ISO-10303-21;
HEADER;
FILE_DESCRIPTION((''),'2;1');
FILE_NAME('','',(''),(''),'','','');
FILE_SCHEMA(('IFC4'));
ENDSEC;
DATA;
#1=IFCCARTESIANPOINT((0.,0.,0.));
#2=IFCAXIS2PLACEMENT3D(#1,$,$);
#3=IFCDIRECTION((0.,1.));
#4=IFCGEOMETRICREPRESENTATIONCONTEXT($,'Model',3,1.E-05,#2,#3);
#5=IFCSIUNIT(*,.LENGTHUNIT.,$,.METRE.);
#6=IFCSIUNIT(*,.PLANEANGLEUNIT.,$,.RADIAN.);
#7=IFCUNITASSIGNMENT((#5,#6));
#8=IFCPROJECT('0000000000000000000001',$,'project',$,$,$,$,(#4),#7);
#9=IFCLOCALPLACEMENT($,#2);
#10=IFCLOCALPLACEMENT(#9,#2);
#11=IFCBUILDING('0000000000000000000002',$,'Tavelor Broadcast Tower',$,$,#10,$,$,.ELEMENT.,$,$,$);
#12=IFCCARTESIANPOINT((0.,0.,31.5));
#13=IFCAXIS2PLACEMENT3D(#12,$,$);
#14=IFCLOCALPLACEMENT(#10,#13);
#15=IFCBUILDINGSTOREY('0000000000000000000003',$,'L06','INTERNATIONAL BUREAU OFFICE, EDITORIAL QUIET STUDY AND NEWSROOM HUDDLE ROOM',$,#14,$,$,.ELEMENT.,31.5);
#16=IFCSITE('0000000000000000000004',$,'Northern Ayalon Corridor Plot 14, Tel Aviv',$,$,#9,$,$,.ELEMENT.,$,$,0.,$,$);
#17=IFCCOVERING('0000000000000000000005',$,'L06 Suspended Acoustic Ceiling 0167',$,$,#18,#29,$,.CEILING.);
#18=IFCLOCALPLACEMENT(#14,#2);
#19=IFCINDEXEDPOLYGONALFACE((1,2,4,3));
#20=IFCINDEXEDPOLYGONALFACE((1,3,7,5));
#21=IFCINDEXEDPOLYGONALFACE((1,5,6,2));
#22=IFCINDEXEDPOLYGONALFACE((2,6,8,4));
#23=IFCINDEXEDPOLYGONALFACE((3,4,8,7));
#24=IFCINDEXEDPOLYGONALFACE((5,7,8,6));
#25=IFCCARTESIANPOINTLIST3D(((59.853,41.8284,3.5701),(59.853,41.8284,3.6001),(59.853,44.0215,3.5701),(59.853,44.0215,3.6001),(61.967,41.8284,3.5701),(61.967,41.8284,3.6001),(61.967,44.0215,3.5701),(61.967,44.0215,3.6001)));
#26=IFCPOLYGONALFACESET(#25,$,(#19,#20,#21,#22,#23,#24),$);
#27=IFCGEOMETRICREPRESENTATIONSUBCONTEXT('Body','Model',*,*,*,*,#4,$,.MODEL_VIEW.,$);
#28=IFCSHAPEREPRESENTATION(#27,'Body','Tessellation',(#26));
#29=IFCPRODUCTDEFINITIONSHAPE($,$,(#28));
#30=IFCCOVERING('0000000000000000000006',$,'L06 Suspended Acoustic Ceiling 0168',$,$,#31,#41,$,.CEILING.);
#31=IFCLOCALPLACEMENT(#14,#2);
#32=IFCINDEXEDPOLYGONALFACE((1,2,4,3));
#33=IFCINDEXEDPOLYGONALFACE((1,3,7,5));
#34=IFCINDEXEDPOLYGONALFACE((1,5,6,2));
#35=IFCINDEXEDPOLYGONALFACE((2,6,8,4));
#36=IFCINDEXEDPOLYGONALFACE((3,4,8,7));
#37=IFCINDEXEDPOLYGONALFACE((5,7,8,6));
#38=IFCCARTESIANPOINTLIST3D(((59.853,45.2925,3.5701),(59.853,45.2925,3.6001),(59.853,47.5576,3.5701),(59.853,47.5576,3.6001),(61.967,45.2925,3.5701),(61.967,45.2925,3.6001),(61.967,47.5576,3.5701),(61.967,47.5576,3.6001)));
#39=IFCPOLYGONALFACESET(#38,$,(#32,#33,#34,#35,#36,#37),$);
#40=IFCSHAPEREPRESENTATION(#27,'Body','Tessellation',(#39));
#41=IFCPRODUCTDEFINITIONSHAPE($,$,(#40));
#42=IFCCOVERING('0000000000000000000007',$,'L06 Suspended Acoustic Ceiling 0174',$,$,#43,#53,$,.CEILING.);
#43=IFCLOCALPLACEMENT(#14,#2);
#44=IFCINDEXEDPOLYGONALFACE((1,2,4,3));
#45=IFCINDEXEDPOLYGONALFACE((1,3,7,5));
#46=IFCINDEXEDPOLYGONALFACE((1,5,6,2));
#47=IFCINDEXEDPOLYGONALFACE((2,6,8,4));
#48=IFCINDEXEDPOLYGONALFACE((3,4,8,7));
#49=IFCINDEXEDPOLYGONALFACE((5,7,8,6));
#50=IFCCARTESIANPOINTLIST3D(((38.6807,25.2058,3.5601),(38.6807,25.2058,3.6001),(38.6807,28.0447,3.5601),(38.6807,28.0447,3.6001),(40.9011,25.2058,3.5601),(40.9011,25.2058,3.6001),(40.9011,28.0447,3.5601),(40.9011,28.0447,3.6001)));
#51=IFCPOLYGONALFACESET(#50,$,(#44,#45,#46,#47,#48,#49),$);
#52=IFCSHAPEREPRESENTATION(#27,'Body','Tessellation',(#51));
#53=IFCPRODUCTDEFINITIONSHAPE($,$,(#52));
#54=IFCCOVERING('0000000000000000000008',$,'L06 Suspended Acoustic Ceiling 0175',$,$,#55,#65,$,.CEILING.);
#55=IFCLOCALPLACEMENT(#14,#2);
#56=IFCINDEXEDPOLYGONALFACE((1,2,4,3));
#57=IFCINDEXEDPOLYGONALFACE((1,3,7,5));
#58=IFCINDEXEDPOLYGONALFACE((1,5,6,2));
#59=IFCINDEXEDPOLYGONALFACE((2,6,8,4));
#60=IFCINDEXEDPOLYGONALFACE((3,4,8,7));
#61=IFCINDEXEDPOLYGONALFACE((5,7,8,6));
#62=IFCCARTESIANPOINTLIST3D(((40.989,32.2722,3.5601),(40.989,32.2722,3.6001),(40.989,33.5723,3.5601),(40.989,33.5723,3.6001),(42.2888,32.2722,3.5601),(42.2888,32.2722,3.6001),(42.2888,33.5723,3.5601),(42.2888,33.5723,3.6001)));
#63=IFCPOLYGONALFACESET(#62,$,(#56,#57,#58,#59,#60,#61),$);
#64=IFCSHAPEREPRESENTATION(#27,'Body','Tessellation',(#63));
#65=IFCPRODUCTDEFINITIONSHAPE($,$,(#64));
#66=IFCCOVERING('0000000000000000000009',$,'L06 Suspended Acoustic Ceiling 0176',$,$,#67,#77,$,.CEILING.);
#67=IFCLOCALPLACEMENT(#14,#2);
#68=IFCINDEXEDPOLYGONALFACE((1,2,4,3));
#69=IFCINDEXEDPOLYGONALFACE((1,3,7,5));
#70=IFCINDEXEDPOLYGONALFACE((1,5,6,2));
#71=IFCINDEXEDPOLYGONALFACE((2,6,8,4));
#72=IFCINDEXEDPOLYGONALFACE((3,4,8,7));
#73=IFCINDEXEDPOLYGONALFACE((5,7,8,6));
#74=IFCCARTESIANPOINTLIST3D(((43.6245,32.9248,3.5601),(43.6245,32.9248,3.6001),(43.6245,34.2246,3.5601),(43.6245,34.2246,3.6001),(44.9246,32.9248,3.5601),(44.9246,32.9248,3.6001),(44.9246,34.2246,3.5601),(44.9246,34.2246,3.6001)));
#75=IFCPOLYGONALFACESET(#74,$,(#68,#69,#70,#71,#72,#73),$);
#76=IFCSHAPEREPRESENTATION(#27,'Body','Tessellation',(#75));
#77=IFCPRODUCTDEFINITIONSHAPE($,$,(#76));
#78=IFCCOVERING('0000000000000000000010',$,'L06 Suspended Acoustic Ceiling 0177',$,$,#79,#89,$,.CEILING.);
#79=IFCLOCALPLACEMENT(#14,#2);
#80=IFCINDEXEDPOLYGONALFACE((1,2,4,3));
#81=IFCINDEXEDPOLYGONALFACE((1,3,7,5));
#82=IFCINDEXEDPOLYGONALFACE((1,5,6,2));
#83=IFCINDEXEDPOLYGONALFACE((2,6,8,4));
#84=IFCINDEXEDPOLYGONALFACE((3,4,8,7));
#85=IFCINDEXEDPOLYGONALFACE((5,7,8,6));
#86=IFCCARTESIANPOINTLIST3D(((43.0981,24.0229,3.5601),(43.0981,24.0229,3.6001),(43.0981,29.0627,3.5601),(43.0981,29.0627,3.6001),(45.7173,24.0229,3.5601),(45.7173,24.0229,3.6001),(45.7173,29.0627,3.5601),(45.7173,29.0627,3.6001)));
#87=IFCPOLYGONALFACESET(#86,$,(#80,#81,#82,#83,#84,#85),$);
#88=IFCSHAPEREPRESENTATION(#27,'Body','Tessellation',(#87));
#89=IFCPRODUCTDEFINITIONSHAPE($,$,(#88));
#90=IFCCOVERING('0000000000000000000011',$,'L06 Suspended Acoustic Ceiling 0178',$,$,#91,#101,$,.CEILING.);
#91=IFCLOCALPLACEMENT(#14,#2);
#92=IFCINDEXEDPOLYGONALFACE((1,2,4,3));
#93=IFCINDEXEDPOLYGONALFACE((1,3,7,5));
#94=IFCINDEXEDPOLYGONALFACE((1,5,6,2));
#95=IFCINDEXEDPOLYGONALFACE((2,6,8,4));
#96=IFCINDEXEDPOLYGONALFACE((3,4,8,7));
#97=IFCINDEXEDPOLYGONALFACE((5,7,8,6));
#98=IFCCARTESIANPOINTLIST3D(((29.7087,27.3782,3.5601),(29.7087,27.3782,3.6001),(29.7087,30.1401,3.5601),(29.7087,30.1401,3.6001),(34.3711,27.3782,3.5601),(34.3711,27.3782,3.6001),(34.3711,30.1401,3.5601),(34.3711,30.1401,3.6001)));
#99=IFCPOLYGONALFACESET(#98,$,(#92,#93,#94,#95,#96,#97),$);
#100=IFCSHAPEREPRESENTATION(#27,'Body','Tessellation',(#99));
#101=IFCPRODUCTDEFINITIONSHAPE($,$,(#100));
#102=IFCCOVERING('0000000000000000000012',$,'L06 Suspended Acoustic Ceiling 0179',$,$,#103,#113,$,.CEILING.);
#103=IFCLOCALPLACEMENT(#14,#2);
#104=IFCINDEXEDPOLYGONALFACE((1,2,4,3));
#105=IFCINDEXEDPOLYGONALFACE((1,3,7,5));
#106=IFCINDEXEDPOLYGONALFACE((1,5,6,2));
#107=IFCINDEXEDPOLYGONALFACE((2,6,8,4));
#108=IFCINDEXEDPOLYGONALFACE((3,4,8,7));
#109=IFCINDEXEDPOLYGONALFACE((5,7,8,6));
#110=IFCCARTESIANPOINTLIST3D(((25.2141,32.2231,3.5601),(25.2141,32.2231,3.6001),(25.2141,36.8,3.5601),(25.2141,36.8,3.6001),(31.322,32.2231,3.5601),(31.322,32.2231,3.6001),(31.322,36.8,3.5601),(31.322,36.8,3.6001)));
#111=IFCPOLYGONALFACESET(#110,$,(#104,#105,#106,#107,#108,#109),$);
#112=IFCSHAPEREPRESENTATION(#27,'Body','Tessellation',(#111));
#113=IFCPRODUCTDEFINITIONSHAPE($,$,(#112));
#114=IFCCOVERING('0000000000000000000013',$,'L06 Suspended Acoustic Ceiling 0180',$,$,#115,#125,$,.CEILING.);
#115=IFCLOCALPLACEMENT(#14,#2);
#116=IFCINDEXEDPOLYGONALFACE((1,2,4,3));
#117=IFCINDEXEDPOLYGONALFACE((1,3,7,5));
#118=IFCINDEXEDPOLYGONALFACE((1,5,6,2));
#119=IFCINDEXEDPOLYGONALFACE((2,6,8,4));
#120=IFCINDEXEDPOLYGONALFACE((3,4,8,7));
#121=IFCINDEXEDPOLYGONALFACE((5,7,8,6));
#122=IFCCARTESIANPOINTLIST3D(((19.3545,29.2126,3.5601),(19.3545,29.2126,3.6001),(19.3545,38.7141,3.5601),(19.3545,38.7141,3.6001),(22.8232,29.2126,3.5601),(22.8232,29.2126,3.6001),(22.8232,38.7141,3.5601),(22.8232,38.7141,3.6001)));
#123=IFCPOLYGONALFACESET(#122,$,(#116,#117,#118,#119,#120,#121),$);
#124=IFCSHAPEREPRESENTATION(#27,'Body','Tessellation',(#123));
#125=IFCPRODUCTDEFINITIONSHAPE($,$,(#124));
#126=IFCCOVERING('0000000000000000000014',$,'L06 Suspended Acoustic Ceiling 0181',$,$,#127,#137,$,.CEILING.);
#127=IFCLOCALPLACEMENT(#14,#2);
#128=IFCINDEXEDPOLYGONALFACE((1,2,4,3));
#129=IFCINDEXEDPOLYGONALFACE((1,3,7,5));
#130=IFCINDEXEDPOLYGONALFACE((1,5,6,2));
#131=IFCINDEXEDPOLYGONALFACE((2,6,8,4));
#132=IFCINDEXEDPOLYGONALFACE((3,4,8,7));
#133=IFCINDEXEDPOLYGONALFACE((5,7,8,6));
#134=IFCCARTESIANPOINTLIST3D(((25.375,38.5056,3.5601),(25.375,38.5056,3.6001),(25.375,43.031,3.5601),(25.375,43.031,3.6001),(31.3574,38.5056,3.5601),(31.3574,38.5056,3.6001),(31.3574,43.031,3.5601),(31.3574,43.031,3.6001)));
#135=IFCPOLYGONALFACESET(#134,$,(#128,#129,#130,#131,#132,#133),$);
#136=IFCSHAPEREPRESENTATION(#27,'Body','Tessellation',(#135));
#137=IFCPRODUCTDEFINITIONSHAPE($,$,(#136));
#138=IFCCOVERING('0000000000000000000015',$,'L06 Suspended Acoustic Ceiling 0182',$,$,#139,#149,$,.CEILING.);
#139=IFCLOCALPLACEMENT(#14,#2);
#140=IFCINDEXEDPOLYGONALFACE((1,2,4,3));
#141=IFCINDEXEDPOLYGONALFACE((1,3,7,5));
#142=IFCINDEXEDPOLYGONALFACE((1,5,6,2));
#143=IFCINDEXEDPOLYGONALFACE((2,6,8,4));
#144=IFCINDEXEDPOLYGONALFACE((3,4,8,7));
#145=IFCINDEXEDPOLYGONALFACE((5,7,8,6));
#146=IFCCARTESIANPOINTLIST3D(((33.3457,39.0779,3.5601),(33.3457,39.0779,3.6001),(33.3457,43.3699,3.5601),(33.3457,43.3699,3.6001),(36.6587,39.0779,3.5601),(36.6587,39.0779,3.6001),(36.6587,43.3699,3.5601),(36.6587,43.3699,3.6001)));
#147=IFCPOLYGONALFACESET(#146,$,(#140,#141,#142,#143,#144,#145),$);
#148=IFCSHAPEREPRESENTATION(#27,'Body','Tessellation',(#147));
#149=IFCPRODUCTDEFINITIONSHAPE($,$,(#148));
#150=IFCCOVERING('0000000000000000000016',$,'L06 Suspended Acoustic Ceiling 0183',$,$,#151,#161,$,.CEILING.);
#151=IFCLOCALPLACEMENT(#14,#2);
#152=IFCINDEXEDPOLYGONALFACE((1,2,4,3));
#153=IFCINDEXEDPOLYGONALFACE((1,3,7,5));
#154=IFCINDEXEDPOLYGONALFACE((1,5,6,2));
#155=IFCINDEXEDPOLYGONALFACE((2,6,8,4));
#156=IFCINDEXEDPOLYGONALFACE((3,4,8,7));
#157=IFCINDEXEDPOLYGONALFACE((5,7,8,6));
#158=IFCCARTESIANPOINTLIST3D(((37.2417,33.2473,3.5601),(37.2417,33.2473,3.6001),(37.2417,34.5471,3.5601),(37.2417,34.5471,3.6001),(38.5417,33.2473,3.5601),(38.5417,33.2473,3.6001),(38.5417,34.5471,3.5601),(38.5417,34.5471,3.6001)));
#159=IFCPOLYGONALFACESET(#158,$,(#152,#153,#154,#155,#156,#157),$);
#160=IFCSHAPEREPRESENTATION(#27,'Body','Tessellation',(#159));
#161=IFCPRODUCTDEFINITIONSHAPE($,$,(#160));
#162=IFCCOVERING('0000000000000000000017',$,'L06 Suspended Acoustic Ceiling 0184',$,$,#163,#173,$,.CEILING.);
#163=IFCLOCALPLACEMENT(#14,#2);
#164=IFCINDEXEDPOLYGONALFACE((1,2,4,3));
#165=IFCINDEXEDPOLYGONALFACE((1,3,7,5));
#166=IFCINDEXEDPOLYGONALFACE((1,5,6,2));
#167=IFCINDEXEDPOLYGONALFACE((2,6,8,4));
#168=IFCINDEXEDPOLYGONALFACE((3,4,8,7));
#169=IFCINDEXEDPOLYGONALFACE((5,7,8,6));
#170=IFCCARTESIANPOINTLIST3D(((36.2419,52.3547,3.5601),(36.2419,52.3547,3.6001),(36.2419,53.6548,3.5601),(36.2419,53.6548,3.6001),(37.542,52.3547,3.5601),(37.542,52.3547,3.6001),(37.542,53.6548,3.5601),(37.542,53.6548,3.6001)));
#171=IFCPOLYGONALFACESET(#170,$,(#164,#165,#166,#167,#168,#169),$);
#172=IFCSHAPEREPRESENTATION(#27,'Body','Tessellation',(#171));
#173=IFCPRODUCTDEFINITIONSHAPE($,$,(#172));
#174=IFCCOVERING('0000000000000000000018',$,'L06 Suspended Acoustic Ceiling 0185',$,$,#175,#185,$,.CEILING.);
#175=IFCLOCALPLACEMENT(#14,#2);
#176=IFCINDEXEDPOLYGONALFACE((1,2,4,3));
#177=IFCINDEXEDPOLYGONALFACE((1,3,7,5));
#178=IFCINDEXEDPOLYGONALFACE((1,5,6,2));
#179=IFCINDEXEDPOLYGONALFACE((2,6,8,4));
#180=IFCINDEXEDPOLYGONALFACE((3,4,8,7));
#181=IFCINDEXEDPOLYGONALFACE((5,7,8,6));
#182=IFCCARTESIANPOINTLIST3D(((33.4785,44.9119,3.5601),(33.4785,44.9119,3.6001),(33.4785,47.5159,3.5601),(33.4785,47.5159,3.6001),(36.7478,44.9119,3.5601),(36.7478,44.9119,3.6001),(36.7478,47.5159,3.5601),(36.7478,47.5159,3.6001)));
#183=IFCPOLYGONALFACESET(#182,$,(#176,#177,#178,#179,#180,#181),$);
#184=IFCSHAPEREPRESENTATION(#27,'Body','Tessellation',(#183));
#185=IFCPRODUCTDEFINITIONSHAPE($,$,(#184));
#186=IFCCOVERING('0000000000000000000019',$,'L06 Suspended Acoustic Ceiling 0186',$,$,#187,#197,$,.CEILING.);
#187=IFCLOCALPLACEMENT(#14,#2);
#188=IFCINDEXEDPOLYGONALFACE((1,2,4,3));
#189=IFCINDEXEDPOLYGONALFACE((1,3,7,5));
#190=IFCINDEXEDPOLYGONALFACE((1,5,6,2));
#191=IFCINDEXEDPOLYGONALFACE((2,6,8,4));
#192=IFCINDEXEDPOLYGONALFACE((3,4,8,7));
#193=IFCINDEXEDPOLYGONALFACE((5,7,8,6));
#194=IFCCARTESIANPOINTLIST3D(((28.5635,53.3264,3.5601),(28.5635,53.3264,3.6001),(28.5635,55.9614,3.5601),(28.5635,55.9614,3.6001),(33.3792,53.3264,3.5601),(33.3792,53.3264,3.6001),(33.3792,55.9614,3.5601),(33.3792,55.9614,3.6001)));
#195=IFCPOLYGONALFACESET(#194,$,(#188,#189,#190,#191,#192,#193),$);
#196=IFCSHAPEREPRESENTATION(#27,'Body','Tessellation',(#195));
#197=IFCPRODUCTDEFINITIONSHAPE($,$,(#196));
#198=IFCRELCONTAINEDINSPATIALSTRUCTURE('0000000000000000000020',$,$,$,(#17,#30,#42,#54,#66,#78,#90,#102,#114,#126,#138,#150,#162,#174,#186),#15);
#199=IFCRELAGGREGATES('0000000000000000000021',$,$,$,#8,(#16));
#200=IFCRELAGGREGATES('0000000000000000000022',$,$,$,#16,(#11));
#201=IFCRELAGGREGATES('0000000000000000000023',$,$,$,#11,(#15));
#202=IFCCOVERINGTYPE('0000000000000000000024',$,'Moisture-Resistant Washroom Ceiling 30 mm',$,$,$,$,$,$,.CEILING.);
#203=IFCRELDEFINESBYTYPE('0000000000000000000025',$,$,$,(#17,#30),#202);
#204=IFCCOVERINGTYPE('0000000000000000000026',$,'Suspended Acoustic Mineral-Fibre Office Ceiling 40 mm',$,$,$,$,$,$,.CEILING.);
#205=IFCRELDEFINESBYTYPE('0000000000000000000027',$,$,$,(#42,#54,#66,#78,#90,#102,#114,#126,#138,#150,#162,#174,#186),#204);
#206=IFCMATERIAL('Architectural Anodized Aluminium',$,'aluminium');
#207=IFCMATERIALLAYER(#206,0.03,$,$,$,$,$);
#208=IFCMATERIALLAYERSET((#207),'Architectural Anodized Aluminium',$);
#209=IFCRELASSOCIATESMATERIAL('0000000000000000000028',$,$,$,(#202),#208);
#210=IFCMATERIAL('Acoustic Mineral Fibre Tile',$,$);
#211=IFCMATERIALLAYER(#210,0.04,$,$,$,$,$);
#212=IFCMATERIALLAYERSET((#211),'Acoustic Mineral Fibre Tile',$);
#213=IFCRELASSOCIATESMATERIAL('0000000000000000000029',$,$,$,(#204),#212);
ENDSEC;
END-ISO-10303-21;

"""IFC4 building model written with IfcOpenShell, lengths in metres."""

from ifc_helpers import new_model, si_unit, direction, frame, origin, place, context, subcontext, project, spatial, polyline, outline, extrude, material, layer, layer_set, type_object, element, save


model = new_model("IFC4")

# Units and contexts
model_context = context("Model", 3, precision=1e-05, world=origin(), true_north=direction((0.0, 1.0)))
body_context = subcontext(model_context, "Body", "Model", "MODEL_VIEW")
ifc_project = project(units=[si_unit("LENGTHUNIT", "METRE"), si_unit("PLANEANGLEUNIT", "RADIAN")], contexts=[model_context])

# Site, building, storey
site_placement = place(None, origin())
site = spatial("IfcSite", under=ifc_project, at=site_placement, Name="Northern Ayalon Corridor Plot 14, Tel Aviv", CompositionType="ELEMENT", RefElevation=0.0)
building_placement = place(site_placement, origin())
building = spatial("IfcBuilding", under=site, at=building_placement, Name="Tavelor Broadcast Tower", CompositionType="ELEMENT")
storey_placement = place(building_placement, frame((0.0, 0.0, 31.5)))
storey = spatial("IfcBuildingStorey", under=building, at=storey_placement, Name="L06", Description="INTERNATIONAL BUREAU OFFICE, EDITORIAL QUIET STUDY AND NEWSROOM HUDDLE ROOM", CompositionType="ELEMENT", Elevation=31.5)

# Coverings
ifc_material_1 = material(Name="Architectural Anodized Aluminium", Category="aluminium")
ifc_layer_1 = layer(ifc_material_1, 0.03)
ifc_layer_set_1 = layer_set([ifc_layer_1], Name="Architectural Anodized Aluminium")
covering_type_1 = type_object("IfcCoveringType", Name="Moisture-Resistant Washroom Ceiling 30 mm", PredefinedType="CEILING", material=ifc_layer_set_1)
covering_1_placement = place(storey_placement, frame((0.0, 0.0, 3.5701)))
element("IfcCovering", 1, at=covering_1_placement, inside=storey, type_object=covering_type_1, Name="L06 Suspended Acoustic Ceiling 0167", PredefinedType="CEILING", context=body_context, shape_type="SweptSolid", body=[
    extrude(outline(polyline([(59.853, 41.8284), (61.967, 41.8284), (61.967, 44.0215), (59.853, 44.0215), (59.853, 41.8284)])), origin(), (0.0, 0.0, 1.0), 0.03),
])
covering_2_placement = place(storey_placement, frame((0.0, 0.0, 3.5701)))
element("IfcCovering", 2, at=covering_2_placement, inside=storey, type_object=covering_type_1, Name="L06 Suspended Acoustic Ceiling 0168", PredefinedType="CEILING", context=body_context, shape_type="SweptSolid", body=[
    extrude(outline(polyline([(59.853, 45.2925), (61.967, 45.2925), (61.967, 47.5576), (59.853, 47.5576), (59.853, 45.2925)])), origin(), (0.0, 0.0, 1.0), 0.03),
])
ifc_material_2 = material(Name="Acoustic Mineral Fibre Tile")
ifc_layer_2 = layer(ifc_material_2, 0.04)
ifc_layer_set_2 = layer_set([ifc_layer_2], Name="Acoustic Mineral Fibre Tile")
covering_type_2 = type_object("IfcCoveringType", Name="Suspended Acoustic Mineral-Fibre Office Ceiling 40 mm", PredefinedType="CEILING", material=ifc_layer_set_2)
covering_3_placement = place(storey_placement, frame((0.0, 0.0, 3.5601)))
element("IfcCovering", 3, at=covering_3_placement, inside=storey, type_object=covering_type_2, Name="L06 Suspended Acoustic Ceiling 0174", PredefinedType="CEILING", context=body_context, shape_type="SweptSolid", body=[
    extrude(outline(polyline([(38.6807, 25.2058), (40.9011, 25.2058), (40.9011, 28.0447), (38.6807, 28.0447), (38.6807, 25.2058)])), origin(), (0.0, 0.0, 1.0), 0.04),
])
covering_4_placement = place(storey_placement, frame((0.0, 0.0, 3.5601)))
element("IfcCovering", 4, at=covering_4_placement, inside=storey, type_object=covering_type_2, Name="L06 Suspended Acoustic Ceiling 0175", PredefinedType="CEILING", context=body_context, shape_type="SweptSolid", body=[
    extrude(outline(polyline([(40.989, 32.2722), (42.2888, 32.2722), (42.2888, 33.5723), (40.989, 33.5723), (40.989, 32.2722)])), origin(), (0.0, 0.0, 1.0), 0.04),
])
covering_5_placement = place(storey_placement, frame((0.0, 0.0, 3.5601)))
element("IfcCovering", 5, at=covering_5_placement, inside=storey, type_object=covering_type_2, Name="L06 Suspended Acoustic Ceiling 0176", PredefinedType="CEILING", context=body_context, shape_type="SweptSolid", body=[
    extrude(outline(polyline([(43.6245, 32.9248), (44.9246, 32.9248), (44.9246, 34.2246), (43.6245, 34.2246), (43.6245, 32.9248)])), origin(), (0.0, 0.0, 1.0), 0.04),
])
covering_6_placement = place(storey_placement, frame((0.0, 0.0, 3.5601)))
element("IfcCovering", 6, at=covering_6_placement, inside=storey, type_object=covering_type_2, Name="L06 Suspended Acoustic Ceiling 0177", PredefinedType="CEILING", context=body_context, shape_type="SweptSolid", body=[
    extrude(outline(polyline([(43.0981, 24.0229), (45.7173, 24.0229), (45.7173, 29.0627), (43.0981, 29.0627), (43.0981, 24.0229)])), origin(), (0.0, 0.0, 1.0), 0.04),
])
covering_7_placement = place(storey_placement, frame((0.0, 0.0, 3.5601)))
element("IfcCovering", 7, at=covering_7_placement, inside=storey, type_object=covering_type_2, Name="L06 Suspended Acoustic Ceiling 0178", PredefinedType="CEILING", context=body_context, shape_type="SweptSolid", body=[
    extrude(outline(polyline([(29.7087, 27.3782), (34.3711, 27.3782), (34.3711, 30.1401), (29.7087, 30.1401), (29.7087, 27.3782)])), origin(), (0.0, 0.0, 1.0), 0.04),
])
covering_8_placement = place(storey_placement, frame((0.0, 0.0, 3.5601)))
element("IfcCovering", 8, at=covering_8_placement, inside=storey, type_object=covering_type_2, Name="L06 Suspended Acoustic Ceiling 0179", PredefinedType="CEILING", context=body_context, shape_type="SweptSolid", body=[
    extrude(outline(polyline([(25.2141, 32.2231), (31.322, 32.2231), (31.322, 36.8), (25.2141, 36.8), (25.2141, 32.2231)])), origin(), (0.0, 0.0, 1.0), 0.04),
])
covering_9_placement = place(storey_placement, frame((0.0, 0.0, 3.5601)))
element("IfcCovering", 9, at=covering_9_placement, inside=storey, type_object=covering_type_2, Name="L06 Suspended Acoustic Ceiling 0180", PredefinedType="CEILING", context=body_context, shape_type="SweptSolid", body=[
    extrude(outline(polyline([(19.3545, 29.2126), (22.8232, 29.2126), (22.8232, 38.7141), (19.3545, 38.7141), (19.3545, 29.2126)])), origin(), (0.0, 0.0, 1.0), 0.04),
])
covering_10_placement = place(storey_placement, frame((0.0, 0.0, 3.5601)))
element("IfcCovering", 10, at=covering_10_placement, inside=storey, type_object=covering_type_2, Name="L06 Suspended Acoustic Ceiling 0181", PredefinedType="CEILING", context=body_context, shape_type="SweptSolid", body=[
    extrude(outline(polyline([(25.375, 38.5056), (31.3574, 38.5056), (31.3574, 43.031), (25.375, 43.031), (25.375, 38.5056)])), origin(), (0.0, 0.0, 1.0), 0.04),
])
covering_11_placement = place(storey_placement, frame((0.0, 0.0, 3.5601)))
element("IfcCovering", 11, at=covering_11_placement, inside=storey, type_object=covering_type_2, Name="L06 Suspended Acoustic Ceiling 0182", PredefinedType="CEILING", context=body_context, shape_type="SweptSolid", body=[
    extrude(outline(polyline([(33.3457, 39.0779), (36.6587, 39.0779), (36.6587, 43.3699), (33.3457, 43.3699), (33.3457, 39.0779)])), origin(), (0.0, 0.0, 1.0), 0.04),
])
covering_12_placement = place(storey_placement, frame((0.0, 0.0, 3.5601)))
element("IfcCovering", 12, at=covering_12_placement, inside=storey, type_object=covering_type_2, Name="L06 Suspended Acoustic Ceiling 0183", PredefinedType="CEILING", context=body_context, shape_type="SweptSolid", body=[
    extrude(outline(polyline([(37.2417, 33.2473), (38.5417, 33.2473), (38.5417, 34.5471), (37.2417, 34.5471), (37.2417, 33.2473)])), origin(), (0.0, 0.0, 1.0), 0.04),
])
covering_13_placement = place(storey_placement, frame((0.0, 0.0, 3.5601)))
element("IfcCovering", 13, at=covering_13_placement, inside=storey, type_object=covering_type_2, Name="L06 Suspended Acoustic Ceiling 0184", PredefinedType="CEILING", context=body_context, shape_type="SweptSolid", body=[
    extrude(outline(polyline([(36.2419, 52.3547), (37.542, 52.3547), (37.542, 53.6548), (36.2419, 53.6548), (36.2419, 52.3547)])), origin(), (0.0, 0.0, 1.0), 0.04),
])
covering_14_placement = place(storey_placement, frame((0.0, 0.0, 3.5601)))
element("IfcCovering", 14, at=covering_14_placement, inside=storey, type_object=covering_type_2, Name="L06 Suspended Acoustic Ceiling 0185", PredefinedType="CEILING", context=body_context, shape_type="SweptSolid", body=[
    extrude(outline(polyline([(33.4785, 44.9119), (36.7478, 44.9119), (36.7478, 47.5159), (33.4785, 47.5159), (33.4785, 44.9119)])), origin(), (0.0, 0.0, 1.0), 0.04),
])
covering_15_placement = place(storey_placement, frame((0.0, 0.0, 3.5601)))
element("IfcCovering", 15, at=covering_15_placement, inside=storey, type_object=covering_type_2, Name="L06 Suspended Acoustic Ceiling 0186", PredefinedType="CEILING", context=body_context, shape_type="SweptSolid", body=[
    extrude(outline(polyline([(28.5635, 53.3264), (33.3792, 53.3264), (33.3792, 55.9614), (28.5635, 55.9614), (28.5635, 53.3264)])), origin(), (0.0, 0.0, 1.0), 0.04),
])

save(model, "model.ifc")
